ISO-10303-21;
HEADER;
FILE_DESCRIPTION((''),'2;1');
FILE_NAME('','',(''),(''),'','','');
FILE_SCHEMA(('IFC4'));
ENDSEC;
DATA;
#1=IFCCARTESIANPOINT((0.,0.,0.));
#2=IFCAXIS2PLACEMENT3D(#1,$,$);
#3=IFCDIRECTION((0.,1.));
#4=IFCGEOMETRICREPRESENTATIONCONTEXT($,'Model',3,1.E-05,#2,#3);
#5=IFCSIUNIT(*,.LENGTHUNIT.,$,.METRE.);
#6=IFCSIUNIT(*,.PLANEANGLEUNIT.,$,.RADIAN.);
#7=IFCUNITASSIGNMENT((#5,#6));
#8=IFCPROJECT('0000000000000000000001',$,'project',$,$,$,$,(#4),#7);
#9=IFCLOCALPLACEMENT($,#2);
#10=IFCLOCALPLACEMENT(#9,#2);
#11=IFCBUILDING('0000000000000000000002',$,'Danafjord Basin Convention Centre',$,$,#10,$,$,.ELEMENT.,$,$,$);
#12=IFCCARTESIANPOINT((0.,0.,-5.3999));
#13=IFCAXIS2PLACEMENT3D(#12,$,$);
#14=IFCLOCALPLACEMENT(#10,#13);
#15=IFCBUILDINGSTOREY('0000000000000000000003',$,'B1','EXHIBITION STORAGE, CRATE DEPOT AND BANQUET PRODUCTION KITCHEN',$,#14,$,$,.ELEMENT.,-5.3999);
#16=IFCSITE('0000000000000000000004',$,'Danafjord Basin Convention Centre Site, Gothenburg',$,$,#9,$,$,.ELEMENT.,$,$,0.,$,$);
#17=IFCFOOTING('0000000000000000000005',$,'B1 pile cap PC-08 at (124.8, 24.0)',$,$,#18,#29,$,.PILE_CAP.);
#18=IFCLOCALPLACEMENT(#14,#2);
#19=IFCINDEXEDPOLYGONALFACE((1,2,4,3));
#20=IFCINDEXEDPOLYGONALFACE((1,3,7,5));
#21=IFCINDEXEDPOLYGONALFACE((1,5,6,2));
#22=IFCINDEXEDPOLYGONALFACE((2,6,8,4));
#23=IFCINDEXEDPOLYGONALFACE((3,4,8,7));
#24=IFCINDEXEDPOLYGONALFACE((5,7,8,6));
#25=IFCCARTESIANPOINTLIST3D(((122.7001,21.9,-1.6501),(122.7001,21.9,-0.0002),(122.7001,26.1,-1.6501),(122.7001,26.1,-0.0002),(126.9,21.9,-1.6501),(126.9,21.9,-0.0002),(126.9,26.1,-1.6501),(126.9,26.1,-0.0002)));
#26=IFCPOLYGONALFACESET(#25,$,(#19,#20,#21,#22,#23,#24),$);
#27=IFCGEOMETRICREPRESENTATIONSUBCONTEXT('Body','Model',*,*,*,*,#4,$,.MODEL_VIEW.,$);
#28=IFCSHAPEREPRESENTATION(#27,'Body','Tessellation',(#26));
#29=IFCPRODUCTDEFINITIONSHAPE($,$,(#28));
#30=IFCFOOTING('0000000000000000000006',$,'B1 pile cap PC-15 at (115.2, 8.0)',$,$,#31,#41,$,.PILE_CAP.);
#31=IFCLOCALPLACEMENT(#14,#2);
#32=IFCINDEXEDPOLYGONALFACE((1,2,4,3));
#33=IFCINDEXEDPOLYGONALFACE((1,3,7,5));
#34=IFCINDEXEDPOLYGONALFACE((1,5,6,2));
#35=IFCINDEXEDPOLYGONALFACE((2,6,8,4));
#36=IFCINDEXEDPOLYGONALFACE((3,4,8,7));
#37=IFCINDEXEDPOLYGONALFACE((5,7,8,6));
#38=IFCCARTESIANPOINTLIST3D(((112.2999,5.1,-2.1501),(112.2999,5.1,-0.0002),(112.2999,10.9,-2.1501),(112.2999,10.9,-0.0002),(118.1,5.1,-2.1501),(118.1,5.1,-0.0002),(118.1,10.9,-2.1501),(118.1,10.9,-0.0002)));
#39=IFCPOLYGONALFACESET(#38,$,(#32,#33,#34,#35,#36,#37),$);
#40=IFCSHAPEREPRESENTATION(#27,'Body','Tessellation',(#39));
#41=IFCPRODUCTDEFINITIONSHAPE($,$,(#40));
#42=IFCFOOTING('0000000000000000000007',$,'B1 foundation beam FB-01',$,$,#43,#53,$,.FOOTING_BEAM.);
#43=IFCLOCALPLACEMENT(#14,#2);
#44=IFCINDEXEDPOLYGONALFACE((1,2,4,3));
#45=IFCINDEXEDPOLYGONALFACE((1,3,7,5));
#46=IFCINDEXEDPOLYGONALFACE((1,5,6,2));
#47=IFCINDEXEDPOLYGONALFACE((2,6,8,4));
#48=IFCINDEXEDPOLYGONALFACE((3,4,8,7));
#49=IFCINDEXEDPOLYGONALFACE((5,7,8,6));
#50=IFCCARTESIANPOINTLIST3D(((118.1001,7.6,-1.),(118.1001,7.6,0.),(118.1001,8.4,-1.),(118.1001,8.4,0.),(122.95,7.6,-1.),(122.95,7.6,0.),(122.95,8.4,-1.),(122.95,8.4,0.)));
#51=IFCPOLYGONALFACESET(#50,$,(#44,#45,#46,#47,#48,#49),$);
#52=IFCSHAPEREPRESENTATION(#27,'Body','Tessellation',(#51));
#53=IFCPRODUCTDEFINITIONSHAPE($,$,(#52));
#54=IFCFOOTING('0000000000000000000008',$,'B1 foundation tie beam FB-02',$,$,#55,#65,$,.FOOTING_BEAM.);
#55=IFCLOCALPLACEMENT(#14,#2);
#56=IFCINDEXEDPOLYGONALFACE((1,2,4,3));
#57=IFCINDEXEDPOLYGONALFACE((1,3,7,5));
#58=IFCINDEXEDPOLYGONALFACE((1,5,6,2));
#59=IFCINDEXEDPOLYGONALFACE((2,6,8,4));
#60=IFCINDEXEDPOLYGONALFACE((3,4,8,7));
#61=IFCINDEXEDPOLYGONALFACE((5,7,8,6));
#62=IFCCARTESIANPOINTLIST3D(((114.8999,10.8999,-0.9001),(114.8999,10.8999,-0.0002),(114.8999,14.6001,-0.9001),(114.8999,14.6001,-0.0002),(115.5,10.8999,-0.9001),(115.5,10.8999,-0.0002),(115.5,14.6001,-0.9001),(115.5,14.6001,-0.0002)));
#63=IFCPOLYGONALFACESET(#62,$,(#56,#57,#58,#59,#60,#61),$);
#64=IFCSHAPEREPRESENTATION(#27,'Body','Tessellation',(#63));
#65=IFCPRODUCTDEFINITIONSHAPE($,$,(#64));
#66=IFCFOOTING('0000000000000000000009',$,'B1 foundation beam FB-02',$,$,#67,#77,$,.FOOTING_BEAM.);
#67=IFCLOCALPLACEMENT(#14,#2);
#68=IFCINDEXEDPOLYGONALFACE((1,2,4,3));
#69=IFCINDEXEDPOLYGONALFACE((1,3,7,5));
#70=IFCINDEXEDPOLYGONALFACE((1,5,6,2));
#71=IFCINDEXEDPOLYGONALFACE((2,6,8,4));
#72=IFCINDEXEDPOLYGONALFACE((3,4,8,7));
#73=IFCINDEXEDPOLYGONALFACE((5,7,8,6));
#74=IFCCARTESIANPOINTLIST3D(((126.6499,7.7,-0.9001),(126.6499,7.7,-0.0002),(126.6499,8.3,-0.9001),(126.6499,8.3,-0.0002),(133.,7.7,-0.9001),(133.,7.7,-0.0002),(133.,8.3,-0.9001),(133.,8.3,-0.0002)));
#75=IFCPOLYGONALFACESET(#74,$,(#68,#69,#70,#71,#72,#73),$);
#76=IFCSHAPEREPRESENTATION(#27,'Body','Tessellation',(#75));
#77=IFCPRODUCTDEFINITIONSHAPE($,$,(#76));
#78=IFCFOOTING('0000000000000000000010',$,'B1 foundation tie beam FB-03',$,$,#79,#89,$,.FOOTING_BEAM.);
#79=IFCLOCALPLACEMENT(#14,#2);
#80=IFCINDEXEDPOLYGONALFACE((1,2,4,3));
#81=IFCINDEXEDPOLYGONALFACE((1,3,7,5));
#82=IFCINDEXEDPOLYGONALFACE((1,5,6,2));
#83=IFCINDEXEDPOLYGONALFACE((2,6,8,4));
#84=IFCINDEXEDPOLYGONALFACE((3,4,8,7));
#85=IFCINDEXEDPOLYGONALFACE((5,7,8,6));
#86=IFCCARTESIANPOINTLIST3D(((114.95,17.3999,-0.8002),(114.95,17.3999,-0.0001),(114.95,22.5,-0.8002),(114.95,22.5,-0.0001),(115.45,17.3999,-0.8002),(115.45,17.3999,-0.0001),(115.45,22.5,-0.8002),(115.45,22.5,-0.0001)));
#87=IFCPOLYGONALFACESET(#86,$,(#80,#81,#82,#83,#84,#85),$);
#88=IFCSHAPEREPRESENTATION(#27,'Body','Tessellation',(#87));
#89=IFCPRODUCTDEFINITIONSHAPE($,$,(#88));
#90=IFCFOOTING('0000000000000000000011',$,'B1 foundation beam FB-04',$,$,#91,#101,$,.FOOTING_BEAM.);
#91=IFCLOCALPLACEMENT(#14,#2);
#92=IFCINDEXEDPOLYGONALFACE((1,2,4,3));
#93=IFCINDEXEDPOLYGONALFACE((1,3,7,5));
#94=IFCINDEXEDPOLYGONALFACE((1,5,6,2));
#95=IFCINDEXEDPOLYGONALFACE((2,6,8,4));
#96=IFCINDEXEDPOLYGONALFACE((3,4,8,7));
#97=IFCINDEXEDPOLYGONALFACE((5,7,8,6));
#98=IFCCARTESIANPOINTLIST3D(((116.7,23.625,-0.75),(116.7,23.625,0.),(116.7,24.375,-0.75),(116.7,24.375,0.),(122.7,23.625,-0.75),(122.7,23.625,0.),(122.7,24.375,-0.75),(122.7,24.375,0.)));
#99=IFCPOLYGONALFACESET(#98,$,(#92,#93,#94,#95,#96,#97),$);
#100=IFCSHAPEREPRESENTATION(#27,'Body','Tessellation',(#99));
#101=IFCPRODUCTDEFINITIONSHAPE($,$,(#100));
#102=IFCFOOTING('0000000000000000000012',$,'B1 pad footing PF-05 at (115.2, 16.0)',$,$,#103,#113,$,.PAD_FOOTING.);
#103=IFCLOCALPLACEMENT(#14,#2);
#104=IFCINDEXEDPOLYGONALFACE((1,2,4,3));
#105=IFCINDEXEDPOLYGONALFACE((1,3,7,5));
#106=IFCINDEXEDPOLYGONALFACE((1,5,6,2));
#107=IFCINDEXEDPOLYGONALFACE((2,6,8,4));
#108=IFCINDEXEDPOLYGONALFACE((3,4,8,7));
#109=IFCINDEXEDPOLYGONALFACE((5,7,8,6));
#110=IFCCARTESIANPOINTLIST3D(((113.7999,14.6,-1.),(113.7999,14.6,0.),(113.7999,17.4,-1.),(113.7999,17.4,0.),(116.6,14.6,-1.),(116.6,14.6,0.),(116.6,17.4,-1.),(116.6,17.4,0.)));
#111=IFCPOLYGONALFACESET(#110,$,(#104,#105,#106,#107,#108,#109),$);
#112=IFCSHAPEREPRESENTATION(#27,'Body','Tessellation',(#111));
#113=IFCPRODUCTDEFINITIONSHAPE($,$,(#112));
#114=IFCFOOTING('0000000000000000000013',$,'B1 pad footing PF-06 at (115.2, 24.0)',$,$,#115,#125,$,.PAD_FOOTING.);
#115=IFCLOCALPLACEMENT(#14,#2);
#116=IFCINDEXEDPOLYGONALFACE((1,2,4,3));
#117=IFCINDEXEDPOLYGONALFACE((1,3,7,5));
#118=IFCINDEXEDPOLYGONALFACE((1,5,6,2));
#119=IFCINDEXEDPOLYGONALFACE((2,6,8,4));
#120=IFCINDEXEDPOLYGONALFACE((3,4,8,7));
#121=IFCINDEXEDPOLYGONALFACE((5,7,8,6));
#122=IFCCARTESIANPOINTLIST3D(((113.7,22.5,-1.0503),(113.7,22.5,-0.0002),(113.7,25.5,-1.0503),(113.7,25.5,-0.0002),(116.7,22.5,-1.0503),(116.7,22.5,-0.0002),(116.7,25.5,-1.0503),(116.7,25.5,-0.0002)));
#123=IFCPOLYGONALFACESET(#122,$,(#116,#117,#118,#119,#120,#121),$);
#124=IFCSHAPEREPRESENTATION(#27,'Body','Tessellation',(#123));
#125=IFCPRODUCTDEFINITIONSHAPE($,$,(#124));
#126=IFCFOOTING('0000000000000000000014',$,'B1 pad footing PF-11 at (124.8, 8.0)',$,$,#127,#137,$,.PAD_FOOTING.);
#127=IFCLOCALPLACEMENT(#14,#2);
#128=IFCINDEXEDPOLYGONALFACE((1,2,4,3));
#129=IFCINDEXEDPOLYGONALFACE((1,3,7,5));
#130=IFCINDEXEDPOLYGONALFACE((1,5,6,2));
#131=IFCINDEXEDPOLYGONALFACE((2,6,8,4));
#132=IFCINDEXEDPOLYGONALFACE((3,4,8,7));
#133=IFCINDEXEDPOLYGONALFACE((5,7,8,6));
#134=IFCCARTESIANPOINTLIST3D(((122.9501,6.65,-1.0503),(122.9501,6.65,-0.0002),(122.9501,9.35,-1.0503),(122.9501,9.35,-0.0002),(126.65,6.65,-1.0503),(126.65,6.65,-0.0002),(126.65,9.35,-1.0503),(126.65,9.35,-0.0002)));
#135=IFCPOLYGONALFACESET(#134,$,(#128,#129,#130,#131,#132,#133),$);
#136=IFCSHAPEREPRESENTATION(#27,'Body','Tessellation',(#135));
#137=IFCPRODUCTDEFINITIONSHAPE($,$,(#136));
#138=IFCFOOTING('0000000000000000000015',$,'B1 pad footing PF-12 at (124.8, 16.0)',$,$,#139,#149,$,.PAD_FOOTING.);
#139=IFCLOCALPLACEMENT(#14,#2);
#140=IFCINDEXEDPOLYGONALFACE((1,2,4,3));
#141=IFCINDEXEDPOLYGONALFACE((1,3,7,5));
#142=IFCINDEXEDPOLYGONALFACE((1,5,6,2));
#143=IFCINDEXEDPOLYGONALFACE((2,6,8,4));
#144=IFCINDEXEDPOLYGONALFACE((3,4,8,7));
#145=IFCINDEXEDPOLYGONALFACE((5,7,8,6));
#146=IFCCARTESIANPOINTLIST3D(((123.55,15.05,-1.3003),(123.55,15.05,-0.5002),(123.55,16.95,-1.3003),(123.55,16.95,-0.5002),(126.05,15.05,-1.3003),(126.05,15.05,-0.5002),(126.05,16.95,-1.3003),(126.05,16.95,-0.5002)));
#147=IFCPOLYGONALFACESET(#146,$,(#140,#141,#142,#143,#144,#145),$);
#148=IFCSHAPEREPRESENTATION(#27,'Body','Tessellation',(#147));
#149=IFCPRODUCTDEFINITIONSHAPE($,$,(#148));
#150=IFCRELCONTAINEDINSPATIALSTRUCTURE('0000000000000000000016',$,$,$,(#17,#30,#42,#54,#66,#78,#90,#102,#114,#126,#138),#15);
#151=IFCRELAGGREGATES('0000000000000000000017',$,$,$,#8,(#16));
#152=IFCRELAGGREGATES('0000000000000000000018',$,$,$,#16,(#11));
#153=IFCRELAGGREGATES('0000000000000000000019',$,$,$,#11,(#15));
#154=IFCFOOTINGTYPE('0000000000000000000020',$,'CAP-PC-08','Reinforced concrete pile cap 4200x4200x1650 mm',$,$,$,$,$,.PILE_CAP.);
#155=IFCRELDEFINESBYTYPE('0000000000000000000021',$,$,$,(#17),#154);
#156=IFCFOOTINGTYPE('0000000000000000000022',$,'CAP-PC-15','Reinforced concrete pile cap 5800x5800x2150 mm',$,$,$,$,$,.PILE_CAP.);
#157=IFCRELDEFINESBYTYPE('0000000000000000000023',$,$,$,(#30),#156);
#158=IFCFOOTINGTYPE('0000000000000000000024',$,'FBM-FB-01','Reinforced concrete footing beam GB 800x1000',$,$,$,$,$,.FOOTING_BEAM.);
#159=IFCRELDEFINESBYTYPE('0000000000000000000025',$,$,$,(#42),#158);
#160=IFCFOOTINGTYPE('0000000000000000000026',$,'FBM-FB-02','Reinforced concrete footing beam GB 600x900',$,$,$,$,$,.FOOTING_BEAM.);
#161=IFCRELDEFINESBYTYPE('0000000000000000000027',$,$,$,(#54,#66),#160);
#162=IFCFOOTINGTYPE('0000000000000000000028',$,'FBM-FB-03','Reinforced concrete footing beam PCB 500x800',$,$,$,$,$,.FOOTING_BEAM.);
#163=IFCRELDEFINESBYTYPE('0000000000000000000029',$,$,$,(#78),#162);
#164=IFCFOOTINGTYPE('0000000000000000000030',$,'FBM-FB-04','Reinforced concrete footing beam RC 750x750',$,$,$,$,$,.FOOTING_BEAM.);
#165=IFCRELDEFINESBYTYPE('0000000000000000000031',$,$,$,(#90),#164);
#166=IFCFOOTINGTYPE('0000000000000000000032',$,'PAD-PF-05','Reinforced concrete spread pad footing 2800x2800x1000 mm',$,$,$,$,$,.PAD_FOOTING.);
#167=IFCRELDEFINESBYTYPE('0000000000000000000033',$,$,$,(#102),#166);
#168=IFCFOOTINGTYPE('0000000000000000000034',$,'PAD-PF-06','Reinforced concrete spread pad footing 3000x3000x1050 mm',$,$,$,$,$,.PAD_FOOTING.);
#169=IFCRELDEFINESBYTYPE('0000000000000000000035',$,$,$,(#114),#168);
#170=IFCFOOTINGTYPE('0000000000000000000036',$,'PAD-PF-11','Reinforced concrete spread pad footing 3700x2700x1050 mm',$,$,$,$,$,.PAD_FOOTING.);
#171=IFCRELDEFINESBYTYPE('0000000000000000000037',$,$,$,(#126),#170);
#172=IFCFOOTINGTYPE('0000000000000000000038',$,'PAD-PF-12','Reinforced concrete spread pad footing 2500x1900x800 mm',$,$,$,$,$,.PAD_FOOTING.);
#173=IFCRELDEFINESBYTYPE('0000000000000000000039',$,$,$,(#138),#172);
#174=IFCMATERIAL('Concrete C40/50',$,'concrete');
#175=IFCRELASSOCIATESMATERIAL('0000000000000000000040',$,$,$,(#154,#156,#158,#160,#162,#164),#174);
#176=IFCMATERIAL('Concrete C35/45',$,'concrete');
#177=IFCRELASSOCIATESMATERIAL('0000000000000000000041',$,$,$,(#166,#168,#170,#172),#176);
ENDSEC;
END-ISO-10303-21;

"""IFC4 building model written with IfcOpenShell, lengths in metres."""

from ifc_helpers import new_model, si_unit, direction, frame, origin, origin_2d, place, context, subcontext, project, spatial, rectangle, extrude, material, material_profile, profile_set, type_object, element, save


model = new_model("IFC4")

# Units and contexts
model_context = context("Model", 3, precision=1e-05, world=origin(), true_north=direction((0.0, 1.0)))
body_context = subcontext(model_context, "Body", "Model", "MODEL_VIEW")
ifc_project = project(units=[si_unit("LENGTHUNIT", "METRE"), si_unit("PLANEANGLEUNIT", "RADIAN")], contexts=[model_context])

# Site, building, storey
site_placement = place(None, origin())
site = spatial("IfcSite", under=ifc_project, at=site_placement, Name="Danafjord Basin Convention Centre Site, Gothenburg", CompositionType="ELEMENT", RefElevation=0.0)
building_placement = place(site_placement, origin())
building = spatial("IfcBuilding", under=site, at=building_placement, Name="Danafjord Basin Convention Centre", CompositionType="ELEMENT")
storey_placement = place(building_placement, frame((0.0, 0.0, -5.3999)))
storey = spatial("IfcBuildingStorey", under=building, at=storey_placement, Name="B1", Description="EXHIBITION STORAGE, CRATE DEPOT AND BANQUET PRODUCTION KITCHEN", CompositionType="ELEMENT", Elevation=-5.3999)

# Footings
ifc_material_1 = material(Name="Concrete C40/50", Category="concrete")
footing_type_1 = type_object("IfcFootingType", Name="CAP-PC-08", Description="Reinforced concrete pile cap 4200x4200x1650 mm", PredefinedType="PILE_CAP", material=ifc_material_1)
footing_1_placement = place(storey_placement, frame((124.8, 24.0, -1.6501), z_axis=(0.0, 0.0, 1.0), x_axis=(1.0, 0.0, 0.0)))
element("IfcFooting", 1, at=footing_1_placement, inside=storey, type_object=footing_type_1, Name="B1 pile cap PC-08 at (124.8, 24.0)", PredefinedType="PILE_CAP", context=body_context, shape_type="SweptSolid", body=[
    extrude(rectangle(XDim=4.2, YDim=4.2, at=origin_2d()), origin(), (0.0, 0.0, 1.0), 1.6499),
])
footing_type_2 = type_object("IfcFootingType", Name="CAP-PC-15", Description="Reinforced concrete pile cap 5800x5800x2150 mm", PredefinedType="PILE_CAP", material=ifc_material_1)
footing_2_placement = place(storey_placement, frame((115.2, 8.0, -2.1501), z_axis=(0.0, 0.0, 1.0), x_axis=(1.0, 0.0, 0.0)))
element("IfcFooting", 2, at=footing_2_placement, inside=storey, type_object=footing_type_2, Name="B1 pile cap PC-15 at (115.2, 8.0)", PredefinedType="PILE_CAP", context=body_context, shape_type="SweptSolid", body=[
    extrude(rectangle(XDim=5.8, YDim=5.8, at=origin_2d()), origin(), (0.0, 0.0, 1.0), 2.1499),
])
ifc_material_profile_1 = material_profile(ifc_material_1, rectangle(XDim=0.8, YDim=1.0, at=origin_2d()), Name="GB 800x1000")
ifc_profile_set_1 = profile_set([ifc_material_profile_1], Name="Concrete C40/50")
footing_type_3 = type_object("IfcFootingType", Name="FBM-FB-01", Description="Reinforced concrete footing beam GB 800x1000", PredefinedType="FOOTING_BEAM", material=ifc_profile_set_1)
footing_3_placement = place(storey_placement, frame((118.1001, 8.0, -0.5), z_axis=(1.0, 0.0, 0.0), x_axis=(0.0, 1.0, 0.0)))
element("IfcFooting", 3, at=footing_3_placement, inside=storey, type_object=footing_type_3, Name="B1 foundation beam FB-01", PredefinedType="FOOTING_BEAM", context=body_context, shape_type="SweptSolid", body=[
    extrude(rectangle(XDim=0.8, YDim=1.0, at=origin_2d()), origin(), (0.0, 0.0, 1.0), 4.8499),
])
ifc_material_profile_2 = material_profile(ifc_material_1, rectangle(XDim=0.6001, YDim=0.8999, at=origin_2d()), Name="GB 600x900")
ifc_profile_set_2 = profile_set([ifc_material_profile_2], Name="Concrete C40/50")
footing_type_4 = type_object("IfcFootingType", Name="FBM-FB-02", Description="Reinforced concrete footing beam GB 600x900", PredefinedType="FOOTING_BEAM", material=ifc_profile_set_2)
footing_4_placement = place(storey_placement, frame((115.2, 10.8999, -0.4502), z_axis=(0.0, 1.0, 0.0), x_axis=(-1.0, 0.0, 0.0)))
element("IfcFooting", 4, at=footing_4_placement, inside=storey, type_object=footing_type_4, Name="B1 foundation tie beam FB-02", PredefinedType="FOOTING_BEAM", context=body_context, shape_type="SweptSolid", body=[
    extrude(rectangle(XDim=0.6001, YDim=0.8999, at=origin_2d()), origin(), (0.0, 0.0, 1.0), 3.7002),
])
footing_5_placement = place(storey_placement, frame((126.6499, 8.0, -0.4502), z_axis=(1.0, 0.0, 0.0), x_axis=(0.0, 1.0, 0.0)))
element("IfcFooting", 5, at=footing_5_placement, inside=storey, type_object=footing_type_4, Name="B1 foundation beam FB-02", PredefinedType="FOOTING_BEAM", context=body_context, shape_type="SweptSolid", body=[
    extrude(rectangle(XDim=0.6001, YDim=0.8999, at=origin_2d()), origin(), (0.0, 0.0, 1.0), 6.3501),
])
ifc_material_profile_3 = material_profile(ifc_material_1, rectangle(XDim=0.5, YDim=0.8, at=origin_2d()), Name="PCB 500x800")
ifc_profile_set_3 = profile_set([ifc_material_profile_3], Name="Concrete C40/50")
footing_type_5 = type_object("IfcFootingType", Name="FBM-FB-03", Description="Reinforced concrete footing beam PCB 500x800", PredefinedType="FOOTING_BEAM", material=ifc_profile_set_3)
footing_6_placement = place(storey_placement, frame((115.2, 17.3999, -0.4001), z_axis=(0.0, 1.0, 0.0), x_axis=(-1.0, 0.0, 0.0)))
element("IfcFooting", 6, at=footing_6_placement, inside=storey, type_object=footing_type_5, Name="B1 foundation tie beam FB-03", PredefinedType="FOOTING_BEAM", context=body_context, shape_type="SweptSolid", body=[
    extrude(rectangle(XDim=0.5, YDim=0.8, at=origin_2d()), origin(), (0.0, 0.0, 1.0), 5.1001),
])
ifc_material_profile_4 = material_profile(ifc_material_1, rectangle(XDim=0.75, YDim=0.75, at=origin_2d()), Name="RC 750x750")
ifc_profile_set_4 = profile_set([ifc_material_profile_4], Name="Concrete C40/50")
footing_type_6 = type_object("IfcFootingType", Name="FBM-FB-04", Description="Reinforced concrete footing beam RC 750x750", PredefinedType="FOOTING_BEAM", material=ifc_profile_set_4)
footing_7_placement = place(storey_placement, frame((116.7, 24.0, -0.375), z_axis=(1.0, 0.0, 0.0), x_axis=(0.0, 1.0, 0.0)))
element("IfcFooting", 7, at=footing_7_placement, inside=storey, type_object=footing_type_6, Name="B1 foundation beam FB-04", PredefinedType="FOOTING_BEAM", context=body_context, shape_type="SweptSolid", body=[
    extrude(rectangle(XDim=0.75, YDim=0.75, at=origin_2d()), origin(), (0.0, 0.0, 1.0), 6.0),
])
ifc_material_2 = material(Name="Concrete C35/45", Category="concrete")
footing_type_7 = type_object("IfcFootingType", Name="PAD-PF-05", Description="Reinforced concrete spread pad footing 2800x2800x1000 mm", PredefinedType="PAD_FOOTING", material=ifc_material_2)
footing_8_placement = place(storey_placement, frame((115.2, 16.0, -1.0), z_axis=(0.0, 0.0, 1.0), x_axis=(1.0, 0.0, 0.0)))
element("IfcFooting", 8, at=footing_8_placement, inside=storey, type_object=footing_type_7, Name="B1 pad footing PF-05 at (115.2, 16.0)", PredefinedType="PAD_FOOTING", context=body_context, shape_type="SweptSolid", body=[
    extrude(rectangle(XDim=2.8, YDim=2.8, at=origin_2d()), origin(), (0.0, 0.0, 1.0), 1.0),
])
footing_type_8 = type_object("IfcFootingType", Name="PAD-PF-06", Description="Reinforced concrete spread pad footing 3000x3000x1050 mm", PredefinedType="PAD_FOOTING", material=ifc_material_2)
footing_9_placement = place(storey_placement, frame((115.2, 24.0, -1.0503), z_axis=(0.0, 0.0, 1.0), x_axis=(1.0, 0.0, 0.0)))
element("IfcFooting", 9, at=footing_9_placement, inside=storey, type_object=footing_type_8, Name="B1 pad footing PF-06 at (115.2, 24.0)", PredefinedType="PAD_FOOTING", context=body_context, shape_type="SweptSolid", body=[
    extrude(rectangle(XDim=3.0, YDim=3.0, at=origin_2d()), origin(), (0.0, 0.0, 1.0), 1.05),
])
footing_type_9 = type_object("IfcFootingType", Name="PAD-PF-11", Description="Reinforced concrete spread pad footing 3700x2700x1050 mm", PredefinedType="PAD_FOOTING", material=ifc_material_2)
footing_10_placement = place(storey_placement, frame((124.8, 8.0, -1.0503), z_axis=(0.0, 0.0, 1.0), x_axis=(1.0, 0.0, 0.0)))
element("IfcFooting", 10, at=footing_10_placement, inside=storey, type_object=footing_type_9, Name="B1 pad footing PF-11 at (124.8, 8.0)", PredefinedType="PAD_FOOTING", context=body_context, shape_type="SweptSolid", body=[
    extrude(rectangle(XDim=3.7, YDim=2.7, at=origin_2d()), origin(), (0.0, 0.0, 1.0), 1.05),
])
footing_type_10 = type_object("IfcFootingType", Name="PAD-PF-12", Description="Reinforced concrete spread pad footing 2500x1900x800 mm", PredefinedType="PAD_FOOTING", material=ifc_material_2)
footing_11_placement = place(storey_placement, frame((124.8, 16.0, -1.3003), z_axis=(0.0, 0.0, 1.0), x_axis=(1.0, 0.0, 0.0)))
element("IfcFooting", 11, at=footing_11_placement, inside=storey, type_object=footing_type_10, Name="B1 pad footing PF-12 at (124.8, 16.0)", PredefinedType="PAD_FOOTING", context=body_context, shape_type="SweptSolid", body=[
    extrude(rectangle(XDim=2.5, YDim=1.8999, at=origin_2d()), origin(), (0.0, 0.0, 1.0), 0.8),
])

save(model, "model.ifc")
